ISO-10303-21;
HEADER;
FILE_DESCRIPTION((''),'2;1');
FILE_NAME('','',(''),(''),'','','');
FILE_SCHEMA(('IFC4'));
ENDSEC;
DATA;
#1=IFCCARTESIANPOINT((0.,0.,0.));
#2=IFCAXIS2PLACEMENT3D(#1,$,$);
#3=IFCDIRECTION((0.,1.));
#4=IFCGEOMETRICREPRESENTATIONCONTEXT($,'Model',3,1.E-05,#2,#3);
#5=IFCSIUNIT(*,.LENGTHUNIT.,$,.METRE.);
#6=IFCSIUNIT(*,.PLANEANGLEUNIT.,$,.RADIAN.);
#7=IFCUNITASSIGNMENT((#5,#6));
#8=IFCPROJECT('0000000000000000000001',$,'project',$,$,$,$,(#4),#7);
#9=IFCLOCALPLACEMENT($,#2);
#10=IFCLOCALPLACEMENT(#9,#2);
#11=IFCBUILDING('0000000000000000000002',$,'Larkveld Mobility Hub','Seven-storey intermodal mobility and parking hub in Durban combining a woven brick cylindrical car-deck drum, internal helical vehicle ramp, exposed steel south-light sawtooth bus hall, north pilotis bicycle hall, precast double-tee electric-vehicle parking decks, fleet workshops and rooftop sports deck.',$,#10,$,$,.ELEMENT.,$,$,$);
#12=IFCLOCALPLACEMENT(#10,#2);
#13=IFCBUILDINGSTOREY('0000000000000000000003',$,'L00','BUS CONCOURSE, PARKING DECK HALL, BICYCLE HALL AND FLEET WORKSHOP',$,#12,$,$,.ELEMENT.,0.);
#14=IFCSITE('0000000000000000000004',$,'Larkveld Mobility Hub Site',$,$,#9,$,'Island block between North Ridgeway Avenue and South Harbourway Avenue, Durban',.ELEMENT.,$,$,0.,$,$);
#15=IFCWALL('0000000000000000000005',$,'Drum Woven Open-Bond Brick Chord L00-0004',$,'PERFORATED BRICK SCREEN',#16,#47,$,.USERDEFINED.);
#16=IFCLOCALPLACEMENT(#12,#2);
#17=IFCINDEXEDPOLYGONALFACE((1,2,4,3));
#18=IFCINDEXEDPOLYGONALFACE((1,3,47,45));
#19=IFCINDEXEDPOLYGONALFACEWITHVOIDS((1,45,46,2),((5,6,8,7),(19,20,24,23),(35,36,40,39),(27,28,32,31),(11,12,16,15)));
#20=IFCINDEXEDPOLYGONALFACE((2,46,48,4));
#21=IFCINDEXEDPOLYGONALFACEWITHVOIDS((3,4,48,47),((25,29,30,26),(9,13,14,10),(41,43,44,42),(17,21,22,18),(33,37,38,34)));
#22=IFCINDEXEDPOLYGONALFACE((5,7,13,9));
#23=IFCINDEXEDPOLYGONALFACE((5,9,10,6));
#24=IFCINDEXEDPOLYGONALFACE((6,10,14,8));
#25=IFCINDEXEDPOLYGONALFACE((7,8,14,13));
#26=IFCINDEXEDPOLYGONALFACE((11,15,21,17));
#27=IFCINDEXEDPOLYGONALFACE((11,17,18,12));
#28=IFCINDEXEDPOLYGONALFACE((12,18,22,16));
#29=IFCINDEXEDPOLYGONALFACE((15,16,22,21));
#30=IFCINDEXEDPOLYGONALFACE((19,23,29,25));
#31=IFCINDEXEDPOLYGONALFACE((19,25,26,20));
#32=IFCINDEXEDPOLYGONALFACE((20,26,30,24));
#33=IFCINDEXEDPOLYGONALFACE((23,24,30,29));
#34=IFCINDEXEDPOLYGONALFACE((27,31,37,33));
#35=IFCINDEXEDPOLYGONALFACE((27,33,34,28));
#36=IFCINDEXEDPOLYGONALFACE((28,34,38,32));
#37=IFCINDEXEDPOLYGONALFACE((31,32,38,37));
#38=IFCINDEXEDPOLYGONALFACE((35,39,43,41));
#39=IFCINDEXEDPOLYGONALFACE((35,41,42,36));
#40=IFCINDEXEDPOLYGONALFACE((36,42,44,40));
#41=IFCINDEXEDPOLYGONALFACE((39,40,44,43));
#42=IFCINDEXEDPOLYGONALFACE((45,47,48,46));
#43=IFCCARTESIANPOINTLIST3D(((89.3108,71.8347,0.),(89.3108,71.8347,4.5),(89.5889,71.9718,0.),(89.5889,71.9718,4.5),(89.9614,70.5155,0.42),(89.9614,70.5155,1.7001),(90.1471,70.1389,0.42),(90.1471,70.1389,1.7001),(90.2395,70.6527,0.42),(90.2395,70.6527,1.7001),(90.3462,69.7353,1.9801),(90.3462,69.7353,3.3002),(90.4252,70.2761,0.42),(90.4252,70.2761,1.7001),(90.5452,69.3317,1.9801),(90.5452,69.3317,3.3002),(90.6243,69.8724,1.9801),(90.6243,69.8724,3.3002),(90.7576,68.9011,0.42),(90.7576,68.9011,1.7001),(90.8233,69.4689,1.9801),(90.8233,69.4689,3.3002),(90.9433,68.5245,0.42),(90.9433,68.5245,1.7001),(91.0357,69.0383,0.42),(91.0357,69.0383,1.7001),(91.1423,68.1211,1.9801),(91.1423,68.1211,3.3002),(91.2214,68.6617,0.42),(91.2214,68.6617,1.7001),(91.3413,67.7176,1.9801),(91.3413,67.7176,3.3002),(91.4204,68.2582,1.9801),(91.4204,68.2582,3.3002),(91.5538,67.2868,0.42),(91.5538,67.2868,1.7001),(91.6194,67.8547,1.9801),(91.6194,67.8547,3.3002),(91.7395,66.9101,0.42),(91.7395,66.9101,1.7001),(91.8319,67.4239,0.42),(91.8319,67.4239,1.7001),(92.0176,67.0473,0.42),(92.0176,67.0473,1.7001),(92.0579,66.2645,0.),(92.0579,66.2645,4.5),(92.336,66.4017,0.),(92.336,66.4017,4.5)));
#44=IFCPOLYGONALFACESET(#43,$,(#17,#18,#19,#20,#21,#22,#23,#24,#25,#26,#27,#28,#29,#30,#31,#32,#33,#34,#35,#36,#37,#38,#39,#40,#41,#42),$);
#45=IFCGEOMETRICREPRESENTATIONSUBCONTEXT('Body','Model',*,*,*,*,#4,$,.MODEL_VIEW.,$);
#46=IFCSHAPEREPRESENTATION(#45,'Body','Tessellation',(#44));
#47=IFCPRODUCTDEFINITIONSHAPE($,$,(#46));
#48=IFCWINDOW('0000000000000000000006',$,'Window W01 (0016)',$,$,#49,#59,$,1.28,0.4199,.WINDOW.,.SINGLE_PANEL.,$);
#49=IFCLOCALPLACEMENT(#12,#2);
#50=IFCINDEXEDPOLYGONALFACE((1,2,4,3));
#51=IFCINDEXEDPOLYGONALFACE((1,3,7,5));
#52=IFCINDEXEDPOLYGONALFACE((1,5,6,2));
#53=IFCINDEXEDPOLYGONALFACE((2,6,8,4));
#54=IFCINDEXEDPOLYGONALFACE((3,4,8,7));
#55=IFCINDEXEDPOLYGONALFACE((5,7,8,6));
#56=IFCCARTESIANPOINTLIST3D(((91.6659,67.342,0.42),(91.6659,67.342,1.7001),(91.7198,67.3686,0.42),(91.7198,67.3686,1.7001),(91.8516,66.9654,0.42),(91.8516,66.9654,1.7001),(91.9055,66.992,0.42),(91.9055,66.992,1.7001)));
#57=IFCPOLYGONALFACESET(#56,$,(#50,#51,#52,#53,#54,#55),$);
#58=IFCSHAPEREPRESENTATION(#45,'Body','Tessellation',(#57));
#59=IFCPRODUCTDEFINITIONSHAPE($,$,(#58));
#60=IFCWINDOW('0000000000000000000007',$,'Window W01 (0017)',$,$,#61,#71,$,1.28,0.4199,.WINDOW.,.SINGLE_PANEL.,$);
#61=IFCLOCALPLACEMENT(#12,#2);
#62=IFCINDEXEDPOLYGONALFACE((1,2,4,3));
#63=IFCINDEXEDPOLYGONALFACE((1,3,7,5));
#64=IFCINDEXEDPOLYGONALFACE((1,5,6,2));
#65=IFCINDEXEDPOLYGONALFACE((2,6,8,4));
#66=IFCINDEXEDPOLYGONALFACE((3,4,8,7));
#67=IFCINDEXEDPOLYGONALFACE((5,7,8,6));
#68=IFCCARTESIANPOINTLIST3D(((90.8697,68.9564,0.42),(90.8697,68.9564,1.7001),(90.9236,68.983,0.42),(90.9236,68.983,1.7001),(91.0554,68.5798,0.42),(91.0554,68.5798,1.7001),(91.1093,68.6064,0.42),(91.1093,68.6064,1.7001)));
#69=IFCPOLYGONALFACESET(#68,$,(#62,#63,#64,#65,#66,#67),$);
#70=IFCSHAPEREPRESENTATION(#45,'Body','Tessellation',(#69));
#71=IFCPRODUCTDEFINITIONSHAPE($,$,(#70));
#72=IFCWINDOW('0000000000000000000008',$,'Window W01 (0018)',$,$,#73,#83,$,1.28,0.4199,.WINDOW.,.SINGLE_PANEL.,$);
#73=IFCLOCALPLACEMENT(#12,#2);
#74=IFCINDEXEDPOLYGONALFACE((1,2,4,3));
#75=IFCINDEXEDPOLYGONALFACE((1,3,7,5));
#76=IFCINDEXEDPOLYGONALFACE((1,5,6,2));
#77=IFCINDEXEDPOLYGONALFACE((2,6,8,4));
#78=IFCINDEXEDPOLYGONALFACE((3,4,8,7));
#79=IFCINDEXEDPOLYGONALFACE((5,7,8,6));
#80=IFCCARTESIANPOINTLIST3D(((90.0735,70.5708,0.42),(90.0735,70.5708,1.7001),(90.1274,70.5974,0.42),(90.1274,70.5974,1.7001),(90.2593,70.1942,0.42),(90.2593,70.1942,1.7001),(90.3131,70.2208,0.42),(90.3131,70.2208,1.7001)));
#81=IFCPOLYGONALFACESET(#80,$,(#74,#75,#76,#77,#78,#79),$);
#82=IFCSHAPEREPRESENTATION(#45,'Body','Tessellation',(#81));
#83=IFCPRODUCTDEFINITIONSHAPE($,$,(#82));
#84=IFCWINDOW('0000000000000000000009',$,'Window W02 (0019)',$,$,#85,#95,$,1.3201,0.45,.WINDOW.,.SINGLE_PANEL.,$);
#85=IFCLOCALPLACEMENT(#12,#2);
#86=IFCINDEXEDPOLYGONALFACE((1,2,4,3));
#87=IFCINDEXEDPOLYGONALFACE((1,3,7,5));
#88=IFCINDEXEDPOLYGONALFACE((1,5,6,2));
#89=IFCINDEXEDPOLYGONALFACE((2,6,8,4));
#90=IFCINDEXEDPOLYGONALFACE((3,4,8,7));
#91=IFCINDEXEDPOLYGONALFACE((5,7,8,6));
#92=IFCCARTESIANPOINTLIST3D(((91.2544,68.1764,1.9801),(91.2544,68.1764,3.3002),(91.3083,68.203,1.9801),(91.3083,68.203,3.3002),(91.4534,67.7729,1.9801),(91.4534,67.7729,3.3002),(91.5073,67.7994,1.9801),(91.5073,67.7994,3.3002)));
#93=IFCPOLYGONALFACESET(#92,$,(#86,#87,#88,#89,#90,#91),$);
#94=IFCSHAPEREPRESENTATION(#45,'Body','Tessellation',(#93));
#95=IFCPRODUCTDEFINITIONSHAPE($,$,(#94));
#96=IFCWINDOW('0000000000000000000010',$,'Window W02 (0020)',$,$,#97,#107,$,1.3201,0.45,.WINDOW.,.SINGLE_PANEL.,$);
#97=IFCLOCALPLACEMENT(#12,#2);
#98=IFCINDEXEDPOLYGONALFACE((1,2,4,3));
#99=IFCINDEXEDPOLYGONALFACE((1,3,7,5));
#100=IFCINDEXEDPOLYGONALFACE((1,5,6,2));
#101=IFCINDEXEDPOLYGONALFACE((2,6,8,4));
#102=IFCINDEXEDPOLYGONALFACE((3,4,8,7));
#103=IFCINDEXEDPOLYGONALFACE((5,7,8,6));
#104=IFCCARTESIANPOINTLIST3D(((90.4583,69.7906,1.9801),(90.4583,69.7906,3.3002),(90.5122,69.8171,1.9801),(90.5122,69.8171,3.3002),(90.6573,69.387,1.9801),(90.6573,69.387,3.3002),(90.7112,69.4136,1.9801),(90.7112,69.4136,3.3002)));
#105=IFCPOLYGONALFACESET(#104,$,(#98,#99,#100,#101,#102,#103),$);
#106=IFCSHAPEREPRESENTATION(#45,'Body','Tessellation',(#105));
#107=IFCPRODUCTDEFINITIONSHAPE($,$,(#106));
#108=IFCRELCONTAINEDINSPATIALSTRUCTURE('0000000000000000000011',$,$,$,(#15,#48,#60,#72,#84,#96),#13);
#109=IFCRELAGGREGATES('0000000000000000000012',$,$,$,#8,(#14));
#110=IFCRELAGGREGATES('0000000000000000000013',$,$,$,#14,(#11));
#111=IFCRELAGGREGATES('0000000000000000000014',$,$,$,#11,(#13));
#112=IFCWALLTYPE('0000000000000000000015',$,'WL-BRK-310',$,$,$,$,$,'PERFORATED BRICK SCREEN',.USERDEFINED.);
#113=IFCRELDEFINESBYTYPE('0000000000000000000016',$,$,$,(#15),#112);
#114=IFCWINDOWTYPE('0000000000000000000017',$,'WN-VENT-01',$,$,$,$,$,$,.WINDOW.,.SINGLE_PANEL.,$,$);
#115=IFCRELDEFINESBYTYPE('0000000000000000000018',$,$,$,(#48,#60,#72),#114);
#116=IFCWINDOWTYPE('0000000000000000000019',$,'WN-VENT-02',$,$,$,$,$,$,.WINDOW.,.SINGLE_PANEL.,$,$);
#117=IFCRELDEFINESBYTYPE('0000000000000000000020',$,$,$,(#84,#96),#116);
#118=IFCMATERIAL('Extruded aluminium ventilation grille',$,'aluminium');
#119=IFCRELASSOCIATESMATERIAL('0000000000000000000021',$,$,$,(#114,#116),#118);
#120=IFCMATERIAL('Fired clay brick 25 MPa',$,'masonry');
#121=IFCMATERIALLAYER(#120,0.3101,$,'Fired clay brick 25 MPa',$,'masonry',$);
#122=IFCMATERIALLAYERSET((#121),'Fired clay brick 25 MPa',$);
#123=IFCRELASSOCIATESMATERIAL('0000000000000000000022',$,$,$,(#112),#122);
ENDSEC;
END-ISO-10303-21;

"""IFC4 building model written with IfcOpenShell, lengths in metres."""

from ifc_helpers import new_model, si_unit, direction, frame, frame_2d, origin, place, context, subcontext, project, spatial, rectangle, extrude, material, layer, layer_set, type_object, element, fill, save


model = new_model("IFC4")

# Units and contexts
model_context = context("Model", 3, precision=1e-05, world=origin(), true_north=direction((0.0, 1.0)))
body_context = subcontext(model_context, "Body", "Model", "MODEL_VIEW")
ifc_project = project(units=[si_unit("LENGTHUNIT", "METRE"), si_unit("PLANEANGLEUNIT", "RADIAN")], contexts=[model_context])

# Site, building, storey
site_placement = place(None, origin())
site = spatial("IfcSite", under=ifc_project, at=site_placement, Name="Larkveld Mobility Hub Site", LongName="Island block between North Ridgeway Avenue and South Harbourway Avenue, Durban", CompositionType="ELEMENT", RefElevation=0.0)
building_placement = place(site_placement, origin())
building = spatial("IfcBuilding", under=site, at=building_placement, Name="Larkveld Mobility Hub", Description="Seven-storey intermodal mobility and parking hub in Durban combining a woven brick cylindrical car-deck drum, internal helical vehicle ramp, exposed steel south-light sawtooth bus hall, north pilotis bicycle hall, precast double-tee electric-vehicle parking decks, fleet workshops and rooftop sports deck.", CompositionType="ELEMENT")
storey_placement = place(building_placement, origin())
storey = spatial("IfcBuildingStorey", under=building, at=storey_placement, Name="L00", Description="BUS CONCOURSE, PARKING DECK HALL, BICYCLE HALL AND FLEET WORKSHOP", CompositionType="ELEMENT", Elevation=0.0)

# Wall, openings, windows
ifc_material_1 = material(Name="Fired clay brick 25 MPa", Category="masonry")
ifc_material_2 = material(Name="Extruded aluminium ventilation grille", Category="aluminium")
window_type_1 = type_object("IfcWindowType", Name="WN-VENT-01", PartitioningType="SINGLE_PANEL", PredefinedType="WINDOW", material=ifc_material_2)
ifc_layer_1 = layer(ifc_material_1, 0.3101, Name="Fired clay brick 25 MPa", Category="masonry")
ifc_layer_set_1 = layer_set([ifc_layer_1], Name="Fired clay brick 25 MPa")
wall_type_1 = type_object("IfcWallType", Name="WL-BRK-310", ElementType="PERFORATED BRICK SCREEN", PredefinedType="USERDEFINED", material=ifc_layer_set_1)
wall_1_placement = place(storey_placement, frame((92.197, 66.333, 0.0), z_axis=(0.0, 0.0, 1.0), x_axis=(-0.442317, 0.896859, 0.0)))
wall_1 = element("IfcWall", 1, at=wall_1_placement, inside=storey, type_object=wall_type_1, Name="Drum Woven Open-Bond Brick Chord L00-0004", ObjectType="PERFORATED BRICK SCREEN", PredefinedType="USERDEFINED", context=body_context, shape_type="SweptSolid", body=[
    extrude(rectangle(XDim=6.2107, YDim=0.3101, at=frame_2d((3.1055, 0.0))), origin(), (0.0, 0.0, 1.0), 4.5),
])
opening_1_placement = place(wall_1_placement, frame((0.72, 0.0, 0.4199)))
opening_1 = element("IfcOpeningElement", 2, at=opening_1_placement, cuts=wall_1, PredefinedType="OPENING", context=body_context, shape_type="SweptSolid", body=[
    extrude(rectangle(XDim=0.4199, YDim=1.28, at=frame_2d((0.21, 0.6401))), frame((0.0, 0.165, 0.0), z_axis=(0.0, -1.0, 0.0), x_axis=(1.0, 0.0, 0.0)), (0.0, 0.0, 1.0), 0.3301),
])
opening_2_placement = place(wall_1_placement, frame((2.52, 0.0, 0.4199)))
opening_2 = element("IfcOpeningElement", 3, at=opening_2_placement, cuts=wall_1, PredefinedType="OPENING", context=body_context, shape_type="SweptSolid", body=[
    extrude(rectangle(XDim=0.4199, YDim=1.28, at=frame_2d((0.21, 0.6401))), frame((0.0, 0.165, 0.0), z_axis=(0.0, -1.0, 0.0), x_axis=(1.0, 0.0, 0.0)), (0.0, 0.0, 1.0), 0.3301),
])
opening_3_placement = place(wall_1_placement, frame((4.3201, 0.0, 0.4199)))
opening_3 = element("IfcOpeningElement", 4, at=opening_3_placement, cuts=wall_1, PredefinedType="OPENING", context=body_context, shape_type="SweptSolid", body=[
    extrude(rectangle(XDim=0.4199, YDim=1.28, at=frame_2d((0.21, 0.6401))), frame((0.0, 0.165, 0.0), z_axis=(0.0, -1.0, 0.0), x_axis=(1.0, 0.0, 0.0)), (0.0, 0.0, 1.0), 0.3301),
])
opening_4_placement = place(wall_1_placement, frame((1.6201, 0.0, 1.98)))
opening_4 = element("IfcOpeningElement", 5, at=opening_4_placement, cuts=wall_1, PredefinedType="OPENING", context=body_context, shape_type="SweptSolid", body=[
    extrude(rectangle(XDim=0.45, YDim=1.3201, at=frame_2d((0.2251, 0.6602))), frame((0.0, 0.165, 0.0), z_axis=(0.0, -1.0, 0.0), x_axis=(1.0, 0.0, 0.0)), (0.0, 0.0, 1.0), 0.3301),
])
opening_5_placement = place(wall_1_placement, frame((3.4199, 0.0, 1.98)))
opening_5 = element("IfcOpeningElement", 6, at=opening_5_placement, cuts=wall_1, PredefinedType="OPENING", context=body_context, shape_type="SweptSolid", body=[
    extrude(rectangle(XDim=0.45, YDim=1.3201, at=frame_2d((0.2251, 0.6602))), frame((0.0, 0.165, 0.0), z_axis=(0.0, -1.0, 0.0), x_axis=(1.0, 0.0, 0.0)), (0.0, 0.0, 1.0), 0.3301),
])
window_1_placement = place(opening_1_placement, origin())
window_1 = element("IfcWindow", 7, at=window_1_placement, inside=storey, type_object=window_type_1, Name="Window W01 (0016)", OverallHeight=1.28, OverallWidth=0.4199, PartitioningType="SINGLE_PANEL", PredefinedType="WINDOW", context=body_context, shape_type="SweptSolid", body=[
    extrude(rectangle(XDim=0.4199, YDim=1.28, at=frame_2d((0.21, 0.6401))), frame((0.0, 0.03, 0.0), z_axis=(0.0, -1.0, 0.0), x_axis=(1.0, 0.0, 0.0)), (0.0, 0.0, 1.0), 0.0601),
])
fill(opening_1, window_1)
window_2_placement = place(opening_2_placement, origin())
window_2 = element("IfcWindow", 8, at=window_2_placement, inside=storey, type_object=window_type_1, Name="Window W01 (0017)", OverallHeight=1.28, OverallWidth=0.4199, PartitioningType="SINGLE_PANEL", PredefinedType="WINDOW", context=body_context, shape_type="SweptSolid", body=[
    extrude(rectangle(XDim=0.4199, YDim=1.28, at=frame_2d((0.21, 0.6401))), frame((0.0, 0.03, 0.0), z_axis=(0.0, -1.0, 0.0), x_axis=(1.0, 0.0, 0.0)), (0.0, 0.0, 1.0), 0.0601),
])
fill(opening_2, window_2)
window_3_placement = place(opening_3_placement, origin())
window_3 = element("IfcWindow", 9, at=window_3_placement, inside=storey, type_object=window_type_1, Name="Window W01 (0018)", OverallHeight=1.28, OverallWidth=0.4199, PartitioningType="SINGLE_PANEL", PredefinedType="WINDOW", context=body_context, shape_type="SweptSolid", body=[
    extrude(rectangle(XDim=0.4199, YDim=1.28, at=frame_2d((0.21, 0.6401))), frame((0.0, 0.03, 0.0), z_axis=(0.0, -1.0, 0.0), x_axis=(1.0, 0.0, 0.0)), (0.0, 0.0, 1.0), 0.0601),
])
fill(opening_3, window_3)
window_type_2 = type_object("IfcWindowType", Name="WN-VENT-02", PartitioningType="SINGLE_PANEL", PredefinedType="WINDOW", material=ifc_material_2)
window_4_placement = place(opening_4_placement, origin())
window_4 = element("IfcWindow", 10, at=window_4_placement, inside=storey, type_object=window_type_2, Name="Window W02 (0019)", OverallHeight=1.3201, OverallWidth=0.45, PartitioningType="SINGLE_PANEL", PredefinedType="WINDOW", context=body_context, shape_type="SweptSolid", body=[
    extrude(rectangle(XDim=0.45, YDim=1.3201, at=frame_2d((0.2251, 0.6602))), frame((0.0, 0.03, 0.0), z_axis=(0.0, -1.0, 0.0), x_axis=(1.0, 0.0, 0.0)), (0.0, 0.0, 1.0), 0.0601),
])
fill(opening_4, window_4)
window_5_placement = place(opening_5_placement, origin())
window_5 = element("IfcWindow", 11, at=window_5_placement, inside=storey, type_object=window_type_2, Name="Window W02 (0020)", OverallHeight=1.3201, OverallWidth=0.45, PartitioningType="SINGLE_PANEL", PredefinedType="WINDOW", context=body_context, shape_type="SweptSolid", body=[
    extrude(rectangle(XDim=0.45, YDim=1.3201, at=frame_2d((0.2251, 0.6602))), frame((0.0, 0.03, 0.0), z_axis=(0.0, -1.0, 0.0), x_axis=(1.0, 0.0, 0.0)), (0.0, 0.0, 1.0), 0.0601),
])
fill(opening_5, window_5)

save(model, "model.ifc")
